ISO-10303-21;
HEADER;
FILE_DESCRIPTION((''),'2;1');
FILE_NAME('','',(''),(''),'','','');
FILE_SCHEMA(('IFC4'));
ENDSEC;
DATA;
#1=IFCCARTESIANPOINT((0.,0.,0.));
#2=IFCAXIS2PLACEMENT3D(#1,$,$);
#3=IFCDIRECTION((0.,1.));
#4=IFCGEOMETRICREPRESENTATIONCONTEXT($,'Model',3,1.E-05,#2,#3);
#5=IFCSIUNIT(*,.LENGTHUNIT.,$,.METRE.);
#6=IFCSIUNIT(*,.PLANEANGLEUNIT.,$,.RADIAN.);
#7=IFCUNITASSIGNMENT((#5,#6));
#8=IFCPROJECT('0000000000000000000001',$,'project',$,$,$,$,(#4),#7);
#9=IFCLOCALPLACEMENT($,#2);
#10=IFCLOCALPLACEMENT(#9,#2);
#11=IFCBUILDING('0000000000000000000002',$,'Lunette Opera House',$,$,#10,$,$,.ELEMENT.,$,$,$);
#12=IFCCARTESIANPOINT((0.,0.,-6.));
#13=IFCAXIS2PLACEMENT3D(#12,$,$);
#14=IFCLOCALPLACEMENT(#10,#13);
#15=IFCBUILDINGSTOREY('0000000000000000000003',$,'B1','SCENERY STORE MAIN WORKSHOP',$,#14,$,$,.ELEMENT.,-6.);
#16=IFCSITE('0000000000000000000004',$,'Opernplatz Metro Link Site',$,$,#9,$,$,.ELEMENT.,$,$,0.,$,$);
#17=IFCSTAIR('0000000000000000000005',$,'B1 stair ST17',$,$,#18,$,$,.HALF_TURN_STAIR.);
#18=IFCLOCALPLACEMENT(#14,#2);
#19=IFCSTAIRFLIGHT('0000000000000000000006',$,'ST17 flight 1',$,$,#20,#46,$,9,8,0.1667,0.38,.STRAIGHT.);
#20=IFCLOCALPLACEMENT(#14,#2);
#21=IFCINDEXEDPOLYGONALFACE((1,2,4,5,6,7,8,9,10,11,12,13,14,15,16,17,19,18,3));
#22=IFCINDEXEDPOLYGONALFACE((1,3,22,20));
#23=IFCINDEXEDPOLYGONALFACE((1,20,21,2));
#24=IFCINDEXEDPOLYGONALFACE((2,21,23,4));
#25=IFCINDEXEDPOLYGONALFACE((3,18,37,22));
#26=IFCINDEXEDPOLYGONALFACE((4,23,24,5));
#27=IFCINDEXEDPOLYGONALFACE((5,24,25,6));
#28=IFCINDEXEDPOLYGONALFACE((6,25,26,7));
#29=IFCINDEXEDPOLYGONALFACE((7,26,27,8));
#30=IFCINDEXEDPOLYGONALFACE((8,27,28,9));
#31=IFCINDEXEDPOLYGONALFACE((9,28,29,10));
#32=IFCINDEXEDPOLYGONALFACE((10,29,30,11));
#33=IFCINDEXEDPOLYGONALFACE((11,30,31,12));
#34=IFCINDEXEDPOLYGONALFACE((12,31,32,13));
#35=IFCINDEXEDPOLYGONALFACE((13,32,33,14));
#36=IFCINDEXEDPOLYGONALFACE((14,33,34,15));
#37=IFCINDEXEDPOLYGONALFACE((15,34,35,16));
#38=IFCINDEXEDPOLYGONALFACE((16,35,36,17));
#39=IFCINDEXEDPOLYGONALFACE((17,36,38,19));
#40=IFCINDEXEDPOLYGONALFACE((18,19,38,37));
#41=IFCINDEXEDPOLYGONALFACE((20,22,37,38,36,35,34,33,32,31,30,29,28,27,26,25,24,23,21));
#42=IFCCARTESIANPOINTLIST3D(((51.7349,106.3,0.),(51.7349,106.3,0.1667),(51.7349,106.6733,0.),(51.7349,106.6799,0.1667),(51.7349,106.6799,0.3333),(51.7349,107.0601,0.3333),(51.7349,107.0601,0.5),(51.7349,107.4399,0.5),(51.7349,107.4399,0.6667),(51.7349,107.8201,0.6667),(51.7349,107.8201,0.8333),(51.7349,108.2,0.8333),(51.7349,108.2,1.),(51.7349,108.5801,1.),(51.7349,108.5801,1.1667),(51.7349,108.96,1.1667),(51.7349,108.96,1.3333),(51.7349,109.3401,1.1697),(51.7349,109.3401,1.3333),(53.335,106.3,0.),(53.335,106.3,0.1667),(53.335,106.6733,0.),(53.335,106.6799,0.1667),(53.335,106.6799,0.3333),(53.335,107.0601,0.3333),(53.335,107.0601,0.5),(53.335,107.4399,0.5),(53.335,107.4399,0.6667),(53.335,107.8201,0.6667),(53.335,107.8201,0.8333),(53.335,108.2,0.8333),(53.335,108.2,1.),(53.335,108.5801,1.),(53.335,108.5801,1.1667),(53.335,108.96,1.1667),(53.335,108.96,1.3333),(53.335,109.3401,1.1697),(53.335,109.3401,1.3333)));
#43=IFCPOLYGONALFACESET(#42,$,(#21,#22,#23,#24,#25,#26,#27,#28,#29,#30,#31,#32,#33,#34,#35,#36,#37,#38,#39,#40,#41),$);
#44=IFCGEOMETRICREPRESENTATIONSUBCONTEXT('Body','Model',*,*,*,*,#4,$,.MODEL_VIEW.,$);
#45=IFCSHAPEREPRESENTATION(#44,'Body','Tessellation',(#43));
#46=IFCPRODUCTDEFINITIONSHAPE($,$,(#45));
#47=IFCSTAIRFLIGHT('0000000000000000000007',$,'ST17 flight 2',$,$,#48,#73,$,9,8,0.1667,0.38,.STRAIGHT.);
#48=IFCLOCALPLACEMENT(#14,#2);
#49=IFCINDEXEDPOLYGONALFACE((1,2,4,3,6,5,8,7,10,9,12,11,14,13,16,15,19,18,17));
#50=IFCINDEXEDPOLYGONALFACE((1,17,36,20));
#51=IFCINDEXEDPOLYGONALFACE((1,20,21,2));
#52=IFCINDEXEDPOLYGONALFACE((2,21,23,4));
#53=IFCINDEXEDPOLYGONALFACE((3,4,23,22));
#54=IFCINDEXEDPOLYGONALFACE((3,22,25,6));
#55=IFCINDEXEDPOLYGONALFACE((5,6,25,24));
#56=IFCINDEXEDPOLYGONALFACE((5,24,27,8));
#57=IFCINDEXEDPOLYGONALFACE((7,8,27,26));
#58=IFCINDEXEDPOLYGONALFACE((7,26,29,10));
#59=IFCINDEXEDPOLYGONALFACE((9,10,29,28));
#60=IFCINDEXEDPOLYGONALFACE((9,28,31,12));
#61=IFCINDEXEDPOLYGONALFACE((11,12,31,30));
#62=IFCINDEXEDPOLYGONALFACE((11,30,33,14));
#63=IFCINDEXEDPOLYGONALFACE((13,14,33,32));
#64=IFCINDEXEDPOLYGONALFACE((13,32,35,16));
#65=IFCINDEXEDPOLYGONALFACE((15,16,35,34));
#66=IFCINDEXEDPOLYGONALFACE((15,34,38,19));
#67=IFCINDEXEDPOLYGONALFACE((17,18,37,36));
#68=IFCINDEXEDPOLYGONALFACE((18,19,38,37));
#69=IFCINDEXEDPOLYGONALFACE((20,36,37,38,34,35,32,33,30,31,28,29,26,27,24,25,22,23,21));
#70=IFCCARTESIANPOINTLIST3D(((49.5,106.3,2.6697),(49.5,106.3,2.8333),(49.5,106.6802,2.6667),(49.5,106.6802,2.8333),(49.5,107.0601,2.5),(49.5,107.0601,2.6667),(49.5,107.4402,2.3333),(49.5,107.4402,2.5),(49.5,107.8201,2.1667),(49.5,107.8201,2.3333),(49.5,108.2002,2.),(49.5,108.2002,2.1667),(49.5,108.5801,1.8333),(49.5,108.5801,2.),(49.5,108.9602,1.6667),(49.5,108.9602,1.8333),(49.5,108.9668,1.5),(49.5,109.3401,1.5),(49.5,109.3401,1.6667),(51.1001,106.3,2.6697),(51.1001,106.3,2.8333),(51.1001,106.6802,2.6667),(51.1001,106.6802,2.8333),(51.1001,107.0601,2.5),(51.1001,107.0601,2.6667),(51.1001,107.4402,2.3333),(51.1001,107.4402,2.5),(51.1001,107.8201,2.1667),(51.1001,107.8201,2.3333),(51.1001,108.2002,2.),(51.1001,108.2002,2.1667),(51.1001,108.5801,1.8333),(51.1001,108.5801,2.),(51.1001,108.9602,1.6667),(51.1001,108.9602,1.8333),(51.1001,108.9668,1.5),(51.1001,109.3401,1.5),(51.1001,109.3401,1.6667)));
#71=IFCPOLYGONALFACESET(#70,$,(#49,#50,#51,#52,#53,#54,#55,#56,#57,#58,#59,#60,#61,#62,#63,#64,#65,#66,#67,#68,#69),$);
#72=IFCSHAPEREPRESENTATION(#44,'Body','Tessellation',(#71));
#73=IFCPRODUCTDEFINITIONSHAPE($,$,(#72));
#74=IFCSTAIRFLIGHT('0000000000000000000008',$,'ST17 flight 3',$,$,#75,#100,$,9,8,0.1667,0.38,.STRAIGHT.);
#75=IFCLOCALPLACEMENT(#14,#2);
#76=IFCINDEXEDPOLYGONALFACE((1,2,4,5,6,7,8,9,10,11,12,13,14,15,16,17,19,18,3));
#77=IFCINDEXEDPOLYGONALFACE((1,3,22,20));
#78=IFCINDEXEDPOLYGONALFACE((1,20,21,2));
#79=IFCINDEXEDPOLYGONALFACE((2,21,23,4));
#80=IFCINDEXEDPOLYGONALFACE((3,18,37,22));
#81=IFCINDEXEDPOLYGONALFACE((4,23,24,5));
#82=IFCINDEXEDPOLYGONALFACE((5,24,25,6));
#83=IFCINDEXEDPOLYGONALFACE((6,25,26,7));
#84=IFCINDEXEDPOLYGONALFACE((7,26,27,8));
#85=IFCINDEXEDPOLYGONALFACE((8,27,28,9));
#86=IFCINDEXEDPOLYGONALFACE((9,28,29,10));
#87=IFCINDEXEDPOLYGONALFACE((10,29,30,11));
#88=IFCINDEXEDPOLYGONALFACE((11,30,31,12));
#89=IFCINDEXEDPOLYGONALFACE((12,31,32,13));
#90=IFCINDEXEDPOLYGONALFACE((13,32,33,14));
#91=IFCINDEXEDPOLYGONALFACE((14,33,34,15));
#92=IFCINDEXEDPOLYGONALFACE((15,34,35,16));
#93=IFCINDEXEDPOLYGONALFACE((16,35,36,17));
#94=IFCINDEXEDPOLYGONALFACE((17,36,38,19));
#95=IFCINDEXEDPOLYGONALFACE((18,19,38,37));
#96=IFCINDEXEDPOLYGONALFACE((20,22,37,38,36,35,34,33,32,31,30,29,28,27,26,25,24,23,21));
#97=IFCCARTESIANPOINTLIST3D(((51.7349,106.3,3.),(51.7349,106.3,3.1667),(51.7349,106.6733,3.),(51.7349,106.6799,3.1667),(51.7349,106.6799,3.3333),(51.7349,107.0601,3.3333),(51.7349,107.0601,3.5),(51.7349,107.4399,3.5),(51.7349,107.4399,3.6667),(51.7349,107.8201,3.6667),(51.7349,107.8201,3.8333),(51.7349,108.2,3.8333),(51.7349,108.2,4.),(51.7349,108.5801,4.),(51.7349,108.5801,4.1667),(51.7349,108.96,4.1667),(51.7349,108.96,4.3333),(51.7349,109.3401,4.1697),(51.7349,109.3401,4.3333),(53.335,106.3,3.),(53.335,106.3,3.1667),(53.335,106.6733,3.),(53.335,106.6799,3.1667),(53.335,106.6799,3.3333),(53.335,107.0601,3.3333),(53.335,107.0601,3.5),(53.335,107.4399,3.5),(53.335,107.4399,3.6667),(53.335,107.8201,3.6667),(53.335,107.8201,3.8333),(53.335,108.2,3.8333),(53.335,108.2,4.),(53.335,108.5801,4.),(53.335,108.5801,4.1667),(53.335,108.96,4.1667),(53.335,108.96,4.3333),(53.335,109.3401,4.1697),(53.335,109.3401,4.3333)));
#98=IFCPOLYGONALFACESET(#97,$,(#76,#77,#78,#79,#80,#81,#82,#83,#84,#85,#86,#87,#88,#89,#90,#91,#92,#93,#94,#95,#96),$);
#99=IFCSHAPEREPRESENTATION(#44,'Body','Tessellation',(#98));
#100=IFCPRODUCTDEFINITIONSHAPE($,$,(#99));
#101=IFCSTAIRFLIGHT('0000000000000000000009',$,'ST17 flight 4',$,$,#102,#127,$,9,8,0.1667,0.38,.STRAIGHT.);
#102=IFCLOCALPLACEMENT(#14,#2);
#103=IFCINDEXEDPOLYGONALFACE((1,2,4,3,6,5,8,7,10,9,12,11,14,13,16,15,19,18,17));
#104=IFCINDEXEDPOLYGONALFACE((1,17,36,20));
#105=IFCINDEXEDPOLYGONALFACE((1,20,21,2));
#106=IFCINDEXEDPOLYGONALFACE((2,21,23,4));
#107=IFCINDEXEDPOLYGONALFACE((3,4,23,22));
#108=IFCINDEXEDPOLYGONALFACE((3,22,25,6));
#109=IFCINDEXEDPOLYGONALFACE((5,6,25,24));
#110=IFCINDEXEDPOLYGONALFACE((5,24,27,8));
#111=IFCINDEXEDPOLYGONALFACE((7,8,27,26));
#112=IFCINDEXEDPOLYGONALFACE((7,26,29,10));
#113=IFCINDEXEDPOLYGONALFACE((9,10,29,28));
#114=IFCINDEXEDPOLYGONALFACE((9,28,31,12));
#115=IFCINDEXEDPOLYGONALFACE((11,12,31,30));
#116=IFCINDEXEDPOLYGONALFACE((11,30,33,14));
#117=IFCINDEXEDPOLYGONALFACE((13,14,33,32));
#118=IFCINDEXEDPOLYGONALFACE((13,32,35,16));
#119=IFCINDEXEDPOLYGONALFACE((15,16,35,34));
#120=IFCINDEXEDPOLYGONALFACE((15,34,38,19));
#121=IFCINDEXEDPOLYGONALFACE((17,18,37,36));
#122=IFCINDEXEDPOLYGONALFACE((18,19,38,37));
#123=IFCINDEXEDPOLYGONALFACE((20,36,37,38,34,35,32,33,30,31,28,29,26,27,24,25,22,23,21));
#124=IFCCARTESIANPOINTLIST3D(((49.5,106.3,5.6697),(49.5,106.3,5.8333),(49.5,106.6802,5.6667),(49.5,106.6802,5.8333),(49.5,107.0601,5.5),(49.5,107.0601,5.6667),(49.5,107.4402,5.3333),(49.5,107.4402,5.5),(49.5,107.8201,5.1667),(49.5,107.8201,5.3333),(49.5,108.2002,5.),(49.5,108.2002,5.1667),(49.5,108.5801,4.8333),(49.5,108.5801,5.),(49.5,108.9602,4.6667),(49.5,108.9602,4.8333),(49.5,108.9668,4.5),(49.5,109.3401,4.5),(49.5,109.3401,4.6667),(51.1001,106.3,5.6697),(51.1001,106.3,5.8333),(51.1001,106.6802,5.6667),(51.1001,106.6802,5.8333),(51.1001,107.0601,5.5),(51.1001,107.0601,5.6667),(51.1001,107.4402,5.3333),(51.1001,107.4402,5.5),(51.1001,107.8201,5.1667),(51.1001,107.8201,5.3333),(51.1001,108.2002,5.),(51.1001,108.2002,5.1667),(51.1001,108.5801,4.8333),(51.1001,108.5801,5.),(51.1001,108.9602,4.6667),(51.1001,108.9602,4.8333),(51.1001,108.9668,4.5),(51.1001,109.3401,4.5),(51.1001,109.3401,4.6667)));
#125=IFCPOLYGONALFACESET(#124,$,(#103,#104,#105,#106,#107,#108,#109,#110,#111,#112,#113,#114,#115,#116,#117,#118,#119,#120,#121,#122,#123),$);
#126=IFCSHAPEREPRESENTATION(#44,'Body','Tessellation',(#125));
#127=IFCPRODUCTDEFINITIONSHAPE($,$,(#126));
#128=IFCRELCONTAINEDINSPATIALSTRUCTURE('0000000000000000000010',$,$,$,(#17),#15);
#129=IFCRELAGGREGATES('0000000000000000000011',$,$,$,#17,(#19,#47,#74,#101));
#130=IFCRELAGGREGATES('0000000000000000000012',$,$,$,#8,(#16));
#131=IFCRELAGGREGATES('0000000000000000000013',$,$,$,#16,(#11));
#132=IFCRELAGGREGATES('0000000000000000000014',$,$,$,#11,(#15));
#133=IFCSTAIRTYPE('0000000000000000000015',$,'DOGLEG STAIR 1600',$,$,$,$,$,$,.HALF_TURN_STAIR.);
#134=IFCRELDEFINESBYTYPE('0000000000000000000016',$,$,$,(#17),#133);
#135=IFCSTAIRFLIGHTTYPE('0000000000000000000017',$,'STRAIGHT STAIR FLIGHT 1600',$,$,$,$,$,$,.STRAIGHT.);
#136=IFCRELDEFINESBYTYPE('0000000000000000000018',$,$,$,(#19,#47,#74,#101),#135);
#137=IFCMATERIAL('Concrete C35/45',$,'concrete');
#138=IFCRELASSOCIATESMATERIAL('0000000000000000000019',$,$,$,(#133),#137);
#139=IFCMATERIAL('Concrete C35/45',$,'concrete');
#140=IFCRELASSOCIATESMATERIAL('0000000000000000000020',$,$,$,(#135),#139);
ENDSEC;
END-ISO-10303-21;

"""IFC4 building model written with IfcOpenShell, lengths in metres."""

from ifc_helpers import new_model, si_unit, direction, frame, origin, place, context, subcontext, project, spatial, polyline, outline, extrude, material, type_object, element, aggregate, save


model = new_model("IFC4")

# Units and contexts
model_context = context("Model", 3, precision=1e-05, world=origin(), true_north=direction((0.0, 1.0)))
body_context = subcontext(model_context, "Body", "Model", "MODEL_VIEW")
ifc_project = project(units=[si_unit("LENGTHUNIT", "METRE"), si_unit("PLANEANGLEUNIT", "RADIAN")], contexts=[model_context])

# Site, building, storey
site_placement = place(None, origin())
site = spatial("IfcSite", under=ifc_project, at=site_placement, Name="Opernplatz Metro Link Site", CompositionType="ELEMENT", RefElevation=0.0)
building_placement = place(site_placement, origin())
building = spatial("IfcBuilding", under=site, at=building_placement, Name="Lunette Opera House", CompositionType="ELEMENT")
storey_placement = place(building_placement, frame((0.0, 0.0, -6.0)))
storey = spatial("IfcBuildingStorey", under=building, at=storey_placement, Name="B1", Description="SCENERY STORE MAIN WORKSHOP", CompositionType="ELEMENT", Elevation=-6.0)

# Stair, stair flights
ifc_material_1 = material(Name="Concrete C35/45", Category="concrete")
stair_type = type_object("IfcStairType", Name="DOGLEG STAIR 1600", PredefinedType="HALF_TURN_STAIR", material=ifc_material_1)
stair_placement = place(storey_placement, origin())
stair = element("IfcStair", 1, at=stair_placement, inside=storey, type_object=stair_type, Name="B1 stair ST17", PredefinedType="HALF_TURN_STAIR")
ifc_material_2 = material(Name="Concrete C35/45", Category="concrete")
stair_flight_type = type_object("IfcStairFlightType", Name="STRAIGHT STAIR FLIGHT 1600", PredefinedType="STRAIGHT", material=ifc_material_2)
stair_flight_1_placement = place(storey_placement, frame((52.5349, 106.3, 0.0), z_axis=(0.0, 0.0, 1.0), x_axis=(0.0, 1.0, 0.0)))
stair_flight_1 = element("IfcStairFlight", 2, at=stair_flight_1_placement, type_object=stair_flight_type, Name="ST17 flight 1", NumberOfRisers=9, NumberOfTreads=8, PredefinedType="STRAIGHT", RiserHeight=0.1667, TreadLength=0.38, context=body_context, shape_type="SweptSolid", body=[
    extrude(outline(polyline([(0.0, 0.0), (0.0, 0.1667), (0.3799, 0.1667), (0.3799, 0.3333), (0.76, 0.3333), (0.76, 0.5), (1.1399, 0.5), (1.1399, 0.6667), (1.52, 0.6667), (1.52, 0.8333), (1.8999, 0.8333), (1.8999, 1.0), (2.28, 1.0), (2.28, 1.1667), (2.6599, 1.1667), (2.6599, 1.3333), (3.04, 1.3333), (3.04, 1.5), (3.04, 1.1697), (0.3733, 0.0), (0.0, 0.0)])), frame((0.0, 0.8, 0.0), z_axis=(0.0, -1.0, 0.0), x_axis=(1.0, 0.0, 0.0)), (0.0, 0.0, 1.0), 1.6001),
])
stair_flight_2_placement = place(storey_placement, frame((50.3, 109.3401, 1.5), z_axis=(0.0, 0.0, 1.0), x_axis=(0.0, -1.0, 0.0)))
stair_flight_2 = element("IfcStairFlight", 3, at=stair_flight_2_placement, type_object=stair_flight_type, Name="ST17 flight 2", NumberOfRisers=9, NumberOfTreads=8, PredefinedType="STRAIGHT", RiserHeight=0.1667, TreadLength=0.38, context=body_context, shape_type="SweptSolid", body=[
    extrude(outline(polyline([(0.0, 0.0), (0.0, 0.1667), (0.3799, 0.1667), (0.3799, 0.3333), (0.76, 0.3333), (0.76, 0.5), (1.1399, 0.5), (1.1399, 0.6667), (1.52, 0.6667), (1.52, 0.8333), (1.8999, 0.8333), (1.8999, 1.0), (2.28, 1.0), (2.28, 1.1667), (2.6599, 1.1667), (2.6599, 1.3333), (3.04, 1.3333), (3.04, 1.5), (3.04, 1.1697), (0.3733, 0.0), (0.0, 0.0)])), frame((0.0, 0.8, 0.0), z_axis=(0.0, -1.0, 0.0), x_axis=(1.0, 0.0, 0.0)), (0.0, 0.0, 1.0), 1.6001),
])
stair_flight_3_placement = place(storey_placement, frame((52.5349, 106.3, 3.0), z_axis=(0.0, 0.0, 1.0), x_axis=(0.0, 1.0, 0.0)))
stair_flight_3 = element("IfcStairFlight", 4, at=stair_flight_3_placement, type_object=stair_flight_type, Name="ST17 flight 3", NumberOfRisers=9, NumberOfTreads=8, PredefinedType="STRAIGHT", RiserHeight=0.1667, TreadLength=0.38, context=body_context, shape_type="SweptSolid", body=[
    extrude(outline(polyline([(0.0, 0.0), (0.0, 0.1667), (0.3799, 0.1667), (0.3799, 0.3333), (0.76, 0.3333), (0.76, 0.5), (1.1399, 0.5), (1.1399, 0.6667), (1.52, 0.6667), (1.52, 0.8333), (1.8999, 0.8333), (1.8999, 1.0), (2.28, 1.0), (2.28, 1.1667), (2.6599, 1.1667), (2.6599, 1.3333), (3.04, 1.3333), (3.04, 1.5), (3.04, 1.1697), (0.3733, 0.0), (0.0, 0.0)])), frame((0.0, 0.8, 0.0), z_axis=(0.0, -1.0, 0.0), x_axis=(1.0, 0.0, 0.0)), (0.0, 0.0, 1.0), 1.6001),
])
stair_flight_4_placement = place(storey_placement, frame((50.3, 109.3401, 4.5), z_axis=(0.0, 0.0, 1.0), x_axis=(0.0, -1.0, 0.0)))
stair_flight_4 = element("IfcStairFlight", 5, at=stair_flight_4_placement, type_object=stair_flight_type, Name="ST17 flight 4", NumberOfRisers=9, NumberOfTreads=8, PredefinedType="STRAIGHT", RiserHeight=0.1667, TreadLength=0.38, context=body_context, shape_type="SweptSolid", body=[
    extrude(outline(polyline([(0.0, 0.0), (0.0, 0.1667), (0.3799, 0.1667), (0.3799, 0.3333), (0.76, 0.3333), (0.76, 0.5), (1.1399, 0.5), (1.1399, 0.6667), (1.52, 0.6667), (1.52, 0.8333), (1.8999, 0.8333), (1.8999, 1.0), (2.28, 1.0), (2.28, 1.1667), (2.6599, 1.1667), (2.6599, 1.3333), (3.04, 1.3333), (3.04, 1.5), (3.04, 1.1697), (0.3733, 0.0), (0.0, 0.0)])), frame((0.0, 0.8, 0.0), z_axis=(0.0, -1.0, 0.0), x_axis=(1.0, 0.0, 0.0)), (0.0, 0.0, 1.0), 1.6001),
])
aggregate(stair, [stair_flight_1, stair_flight_2, stair_flight_3, stair_flight_4])

save(model, "model.ifc")
